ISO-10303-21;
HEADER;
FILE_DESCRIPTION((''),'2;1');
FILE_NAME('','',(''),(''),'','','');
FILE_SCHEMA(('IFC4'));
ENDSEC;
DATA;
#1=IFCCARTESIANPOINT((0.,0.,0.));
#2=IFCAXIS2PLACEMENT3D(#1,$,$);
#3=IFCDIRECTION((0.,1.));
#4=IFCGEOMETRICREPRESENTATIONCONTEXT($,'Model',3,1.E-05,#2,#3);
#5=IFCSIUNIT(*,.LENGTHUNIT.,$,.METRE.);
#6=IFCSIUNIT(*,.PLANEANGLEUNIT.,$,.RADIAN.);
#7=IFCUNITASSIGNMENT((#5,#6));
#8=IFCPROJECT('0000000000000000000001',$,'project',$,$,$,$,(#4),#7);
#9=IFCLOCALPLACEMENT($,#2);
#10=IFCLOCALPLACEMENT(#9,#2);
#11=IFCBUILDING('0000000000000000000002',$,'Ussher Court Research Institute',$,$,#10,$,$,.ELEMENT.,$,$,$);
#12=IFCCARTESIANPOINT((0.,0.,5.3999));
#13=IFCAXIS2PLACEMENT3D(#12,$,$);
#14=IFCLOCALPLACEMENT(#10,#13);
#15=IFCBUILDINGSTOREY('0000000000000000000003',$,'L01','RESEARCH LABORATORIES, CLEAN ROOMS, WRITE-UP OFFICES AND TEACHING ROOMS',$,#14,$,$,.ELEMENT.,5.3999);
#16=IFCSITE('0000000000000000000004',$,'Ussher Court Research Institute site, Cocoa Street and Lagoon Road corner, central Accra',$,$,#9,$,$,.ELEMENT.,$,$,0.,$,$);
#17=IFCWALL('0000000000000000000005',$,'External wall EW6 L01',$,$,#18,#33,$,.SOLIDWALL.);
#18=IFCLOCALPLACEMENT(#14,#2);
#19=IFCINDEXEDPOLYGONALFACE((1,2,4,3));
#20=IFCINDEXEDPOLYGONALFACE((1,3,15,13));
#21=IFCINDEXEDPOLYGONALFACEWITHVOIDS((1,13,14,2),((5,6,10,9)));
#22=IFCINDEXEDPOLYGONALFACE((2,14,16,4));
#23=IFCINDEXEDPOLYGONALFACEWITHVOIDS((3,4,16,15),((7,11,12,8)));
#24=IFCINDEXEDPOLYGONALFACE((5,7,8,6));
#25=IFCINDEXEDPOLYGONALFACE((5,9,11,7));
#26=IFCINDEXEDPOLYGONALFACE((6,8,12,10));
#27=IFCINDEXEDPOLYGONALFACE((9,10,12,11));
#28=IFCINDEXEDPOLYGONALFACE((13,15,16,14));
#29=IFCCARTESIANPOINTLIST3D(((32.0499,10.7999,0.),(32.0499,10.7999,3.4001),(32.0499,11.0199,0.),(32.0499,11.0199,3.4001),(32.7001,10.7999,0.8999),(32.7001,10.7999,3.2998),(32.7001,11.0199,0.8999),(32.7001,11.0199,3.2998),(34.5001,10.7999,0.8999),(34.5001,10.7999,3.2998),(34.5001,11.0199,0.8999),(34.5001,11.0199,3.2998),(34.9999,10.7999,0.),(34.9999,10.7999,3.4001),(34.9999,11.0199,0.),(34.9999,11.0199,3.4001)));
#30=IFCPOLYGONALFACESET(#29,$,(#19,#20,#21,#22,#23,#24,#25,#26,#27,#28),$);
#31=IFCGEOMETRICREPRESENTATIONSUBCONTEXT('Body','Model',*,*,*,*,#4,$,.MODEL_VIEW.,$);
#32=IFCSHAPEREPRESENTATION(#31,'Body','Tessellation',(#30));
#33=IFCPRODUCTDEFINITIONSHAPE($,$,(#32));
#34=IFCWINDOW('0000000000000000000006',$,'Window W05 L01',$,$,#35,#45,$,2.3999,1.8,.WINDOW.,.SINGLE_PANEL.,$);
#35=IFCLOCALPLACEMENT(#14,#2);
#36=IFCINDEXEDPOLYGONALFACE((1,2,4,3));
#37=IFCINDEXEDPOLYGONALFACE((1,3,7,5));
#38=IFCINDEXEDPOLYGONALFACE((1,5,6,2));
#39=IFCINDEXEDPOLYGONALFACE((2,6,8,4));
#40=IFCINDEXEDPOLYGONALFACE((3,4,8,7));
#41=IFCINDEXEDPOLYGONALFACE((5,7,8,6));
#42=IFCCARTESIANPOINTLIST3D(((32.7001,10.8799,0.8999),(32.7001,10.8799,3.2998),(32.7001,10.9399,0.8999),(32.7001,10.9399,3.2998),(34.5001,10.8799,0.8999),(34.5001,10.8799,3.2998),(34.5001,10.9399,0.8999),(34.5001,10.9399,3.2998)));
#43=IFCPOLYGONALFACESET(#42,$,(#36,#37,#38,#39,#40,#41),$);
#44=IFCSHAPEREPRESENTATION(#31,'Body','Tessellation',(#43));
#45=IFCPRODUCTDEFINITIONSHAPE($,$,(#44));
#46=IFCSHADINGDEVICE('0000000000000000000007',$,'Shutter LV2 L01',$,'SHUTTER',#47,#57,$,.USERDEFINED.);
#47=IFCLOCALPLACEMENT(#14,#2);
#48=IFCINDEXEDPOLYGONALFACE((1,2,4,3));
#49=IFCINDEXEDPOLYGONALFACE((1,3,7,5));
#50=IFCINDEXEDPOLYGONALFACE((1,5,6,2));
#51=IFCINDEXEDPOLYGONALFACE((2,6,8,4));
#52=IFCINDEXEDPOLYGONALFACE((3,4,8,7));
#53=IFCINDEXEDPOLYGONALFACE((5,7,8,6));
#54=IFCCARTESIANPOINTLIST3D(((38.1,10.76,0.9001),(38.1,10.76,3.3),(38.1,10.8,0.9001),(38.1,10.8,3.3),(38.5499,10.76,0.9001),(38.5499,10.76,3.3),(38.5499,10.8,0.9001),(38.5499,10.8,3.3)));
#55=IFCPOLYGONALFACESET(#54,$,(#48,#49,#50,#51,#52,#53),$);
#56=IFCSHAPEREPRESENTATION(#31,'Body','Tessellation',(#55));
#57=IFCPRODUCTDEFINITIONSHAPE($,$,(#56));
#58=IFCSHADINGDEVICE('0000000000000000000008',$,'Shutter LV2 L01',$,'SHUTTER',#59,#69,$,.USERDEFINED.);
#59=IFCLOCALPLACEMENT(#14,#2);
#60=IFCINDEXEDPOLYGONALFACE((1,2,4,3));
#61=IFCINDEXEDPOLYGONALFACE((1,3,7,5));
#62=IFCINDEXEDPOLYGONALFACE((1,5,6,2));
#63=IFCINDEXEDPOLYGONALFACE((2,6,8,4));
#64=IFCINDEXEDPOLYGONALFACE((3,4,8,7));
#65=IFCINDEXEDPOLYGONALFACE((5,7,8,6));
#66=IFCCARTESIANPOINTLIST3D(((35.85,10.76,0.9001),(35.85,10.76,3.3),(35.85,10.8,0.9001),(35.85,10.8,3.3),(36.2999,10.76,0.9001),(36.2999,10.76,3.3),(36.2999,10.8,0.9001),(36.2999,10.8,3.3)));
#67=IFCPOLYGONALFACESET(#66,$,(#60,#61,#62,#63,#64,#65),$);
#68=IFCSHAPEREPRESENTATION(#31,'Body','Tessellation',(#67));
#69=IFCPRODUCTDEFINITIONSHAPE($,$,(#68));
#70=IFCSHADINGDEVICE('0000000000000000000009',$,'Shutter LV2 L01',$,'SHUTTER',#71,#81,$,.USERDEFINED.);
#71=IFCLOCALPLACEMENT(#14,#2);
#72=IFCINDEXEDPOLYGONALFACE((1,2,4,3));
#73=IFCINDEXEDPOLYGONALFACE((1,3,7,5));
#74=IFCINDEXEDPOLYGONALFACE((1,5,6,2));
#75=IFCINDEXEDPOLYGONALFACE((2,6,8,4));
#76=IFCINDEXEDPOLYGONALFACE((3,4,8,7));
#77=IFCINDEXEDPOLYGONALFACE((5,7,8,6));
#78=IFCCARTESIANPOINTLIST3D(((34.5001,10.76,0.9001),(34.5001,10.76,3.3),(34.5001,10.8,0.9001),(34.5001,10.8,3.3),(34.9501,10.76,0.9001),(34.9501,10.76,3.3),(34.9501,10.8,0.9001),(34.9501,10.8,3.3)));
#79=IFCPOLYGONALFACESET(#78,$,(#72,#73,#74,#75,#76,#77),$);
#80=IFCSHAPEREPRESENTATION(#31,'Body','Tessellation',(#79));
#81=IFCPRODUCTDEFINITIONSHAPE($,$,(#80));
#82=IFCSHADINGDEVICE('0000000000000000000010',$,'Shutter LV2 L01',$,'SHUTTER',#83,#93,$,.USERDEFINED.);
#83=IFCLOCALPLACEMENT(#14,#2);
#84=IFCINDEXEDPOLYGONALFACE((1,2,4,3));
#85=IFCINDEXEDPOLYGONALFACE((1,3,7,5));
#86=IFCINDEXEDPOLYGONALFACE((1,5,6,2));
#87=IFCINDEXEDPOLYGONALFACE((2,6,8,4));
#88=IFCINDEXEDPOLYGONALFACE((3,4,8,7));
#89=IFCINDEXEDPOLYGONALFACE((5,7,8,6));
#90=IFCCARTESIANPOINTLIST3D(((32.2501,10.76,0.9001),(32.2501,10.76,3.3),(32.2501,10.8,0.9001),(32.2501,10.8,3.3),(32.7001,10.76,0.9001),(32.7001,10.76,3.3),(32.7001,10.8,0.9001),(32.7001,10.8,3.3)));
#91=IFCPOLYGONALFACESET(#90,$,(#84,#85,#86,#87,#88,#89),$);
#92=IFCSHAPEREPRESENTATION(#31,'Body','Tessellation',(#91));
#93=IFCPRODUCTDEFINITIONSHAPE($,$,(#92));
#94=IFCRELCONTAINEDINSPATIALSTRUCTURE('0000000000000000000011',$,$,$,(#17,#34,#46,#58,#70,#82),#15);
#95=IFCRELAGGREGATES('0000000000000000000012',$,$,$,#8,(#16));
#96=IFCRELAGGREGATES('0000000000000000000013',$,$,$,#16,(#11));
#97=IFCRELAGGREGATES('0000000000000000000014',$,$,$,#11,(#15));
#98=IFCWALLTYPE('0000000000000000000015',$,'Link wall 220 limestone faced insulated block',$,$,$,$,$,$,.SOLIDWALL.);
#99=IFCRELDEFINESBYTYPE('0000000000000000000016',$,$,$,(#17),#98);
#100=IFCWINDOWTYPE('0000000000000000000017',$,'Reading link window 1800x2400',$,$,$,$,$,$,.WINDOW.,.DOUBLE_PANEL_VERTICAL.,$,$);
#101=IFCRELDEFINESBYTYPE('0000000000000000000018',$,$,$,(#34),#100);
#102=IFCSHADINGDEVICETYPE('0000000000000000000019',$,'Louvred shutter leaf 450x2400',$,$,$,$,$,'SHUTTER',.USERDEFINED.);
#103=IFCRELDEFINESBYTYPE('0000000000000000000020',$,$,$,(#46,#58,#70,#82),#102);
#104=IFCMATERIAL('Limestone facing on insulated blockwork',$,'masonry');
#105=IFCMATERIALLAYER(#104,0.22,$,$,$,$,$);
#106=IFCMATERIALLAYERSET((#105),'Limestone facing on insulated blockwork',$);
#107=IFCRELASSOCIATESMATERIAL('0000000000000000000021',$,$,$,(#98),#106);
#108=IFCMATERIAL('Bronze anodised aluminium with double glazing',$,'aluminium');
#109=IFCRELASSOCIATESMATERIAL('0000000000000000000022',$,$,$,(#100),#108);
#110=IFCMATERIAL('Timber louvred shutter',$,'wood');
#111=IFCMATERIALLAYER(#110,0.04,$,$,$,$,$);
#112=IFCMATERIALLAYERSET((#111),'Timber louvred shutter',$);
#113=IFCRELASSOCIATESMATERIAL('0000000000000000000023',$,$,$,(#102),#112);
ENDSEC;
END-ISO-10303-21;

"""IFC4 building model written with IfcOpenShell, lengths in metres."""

from ifc_helpers import new_model, si_unit, direction, frame, frame_2d, origin, origin_2d, place, context, subcontext, project, spatial, rectangle, extrude, material, layer, layer_set, type_object, element, fill, save


model = new_model("IFC4")

# Units and contexts
model_context = context("Model", 3, precision=1e-05, world=origin(), true_north=direction((0.0, 1.0)))
body_context = subcontext(model_context, "Body", "Model", "MODEL_VIEW")
ifc_project = project(units=[si_unit("LENGTHUNIT", "METRE"), si_unit("PLANEANGLEUNIT", "RADIAN")], contexts=[model_context])

# Site, building, storey
site_placement = place(None, origin())
site = spatial("IfcSite", under=ifc_project, at=site_placement, Name="Ussher Court Research Institute site, Cocoa Street and Lagoon Road corner, central Accra", CompositionType="ELEMENT", RefElevation=0.0)
building_placement = place(site_placement, origin())
building = spatial("IfcBuilding", under=site, at=building_placement, Name="Ussher Court Research Institute", CompositionType="ELEMENT")
storey_placement = place(building_placement, frame((0.0, 0.0, 5.3999)))
storey = spatial("IfcBuildingStorey", under=building, at=storey_placement, Name="L01", Description="RESEARCH LABORATORIES, CLEAN ROOMS, WRITE-UP OFFICES AND TEACHING ROOMS", CompositionType="ELEMENT", Elevation=5.3999)

# Wall, opening, window
ifc_material_1 = material(Name="Limestone facing on insulated blockwork", Category="masonry")
ifc_layer_1 = layer(ifc_material_1, 0.22)
ifc_layer_set_1 = layer_set([ifc_layer_1], Name="Limestone facing on insulated blockwork")
wall_type = type_object("IfcWallType", Name="Link wall 220 limestone faced insulated block", PredefinedType="SOLIDWALL", material=ifc_layer_set_1)
ifc_material_2 = material(Name="Bronze anodised aluminium with double glazing", Category="aluminium")
window_type = type_object("IfcWindowType", Name="Reading link window 1800x2400", PartitioningType="DOUBLE_PANEL_VERTICAL", PredefinedType="WINDOW", material=ifc_material_2)
wall_1_placement = place(storey_placement, frame((35.0, 10.9099, 0.0), z_axis=(0.0, 0.0, 1.0), x_axis=(-1.0, 0.0, 0.0)))
wall_1 = element("IfcWall", 1, at=wall_1_placement, inside=storey, type_object=wall_type, Name="External wall EW6 L01", PredefinedType="SOLIDWALL", context=body_context, shape_type="SweptSolid", body=[
    extrude(rectangle(XDim=2.95, YDim=0.22, at=frame_2d((1.4751, 0.0))), origin(), (0.0, 0.0, 1.0), 3.4001),
])
opening_1_placement = place(wall_1_placement, frame((0.5, 0.0, 0.8999)))
opening_1 = element("IfcOpeningElement", 2, at=opening_1_placement, cuts=wall_1, PredefinedType="OPENING", context=body_context, shape_type="SweptSolid", body=[
    extrude(rectangle(XDim=1.8, YDim=2.3999, at=frame_2d((0.8999, 1.2))), frame((0.0, 0.1201, 0.0), z_axis=(0.0, -1.0, 0.0), x_axis=(1.0, 0.0, 0.0)), (0.0, 0.0, 1.0), 0.24),
])
window_1_placement = place(opening_1_placement, origin())
window_1 = element("IfcWindow", 3, at=window_1_placement, inside=storey, type_object=window_type, Name="Window W05 L01", OverallHeight=2.3999, OverallWidth=1.8, PartitioningType="SINGLE_PANEL", PredefinedType="WINDOW", context=body_context, shape_type="SweptSolid", body=[
    extrude(rectangle(XDim=1.8, YDim=2.3999, at=frame_2d((0.8999, 1.2))), frame((0.0, 0.03, 0.0), z_axis=(0.0, -1.0, 0.0), x_axis=(1.0, 0.0, 0.0)), (0.0, 0.0, 1.0), 0.0601),
])
fill(opening_1, window_1)

# Shading devices
ifc_material_3 = material(Name="Timber louvred shutter", Category="wood")
ifc_layer_2 = layer(ifc_material_3, 0.04)
ifc_layer_set_2 = layer_set([ifc_layer_2], Name="Timber louvred shutter")
shading_device_type = type_object("IfcShadingDeviceType", Name="Louvred shutter leaf 450x2400", ElementType="SHUTTER", PredefinedType="USERDEFINED", material=ifc_layer_set_2)
for number, where, z_axis, x_axis, name in (
    (4, (38.325, 10.78, 0.9001), (0.0, 0.0, 1.0), (-1.0, 0.0, 0.0), "Shutter LV2 L01"),
    (5, (36.075, 10.78, 0.9001), (0.0, 0.0, 1.0), (-1.0, 0.0, 0.0), "Shutter LV2 L01"),
    (6, (34.7251, 10.78, 0.9001), (0.0, 0.0, 1.0), (-1.0, 0.0, 0.0), "Shutter LV2 L01"),
    (7, (32.4751, 10.78, 0.9001), (0.0, 0.0, 1.0), (-1.0, 0.0, 0.0), "Shutter LV2 L01"),
):
    element("IfcShadingDevice", number, at=place(storey_placement, frame(where, z_axis=z_axis, x_axis=x_axis)), inside=storey, type_object=shading_device_type, Name=name, ObjectType="SHUTTER", PredefinedType="USERDEFINED", context=body_context, shape_type="SweptSolid", body=[
        extrude(rectangle(XDim=0.45, YDim=0.04, at=origin_2d()), origin(), (0.0, 0.0, 1.0), 2.3999),
    ])

save(model, "model.ifc")
